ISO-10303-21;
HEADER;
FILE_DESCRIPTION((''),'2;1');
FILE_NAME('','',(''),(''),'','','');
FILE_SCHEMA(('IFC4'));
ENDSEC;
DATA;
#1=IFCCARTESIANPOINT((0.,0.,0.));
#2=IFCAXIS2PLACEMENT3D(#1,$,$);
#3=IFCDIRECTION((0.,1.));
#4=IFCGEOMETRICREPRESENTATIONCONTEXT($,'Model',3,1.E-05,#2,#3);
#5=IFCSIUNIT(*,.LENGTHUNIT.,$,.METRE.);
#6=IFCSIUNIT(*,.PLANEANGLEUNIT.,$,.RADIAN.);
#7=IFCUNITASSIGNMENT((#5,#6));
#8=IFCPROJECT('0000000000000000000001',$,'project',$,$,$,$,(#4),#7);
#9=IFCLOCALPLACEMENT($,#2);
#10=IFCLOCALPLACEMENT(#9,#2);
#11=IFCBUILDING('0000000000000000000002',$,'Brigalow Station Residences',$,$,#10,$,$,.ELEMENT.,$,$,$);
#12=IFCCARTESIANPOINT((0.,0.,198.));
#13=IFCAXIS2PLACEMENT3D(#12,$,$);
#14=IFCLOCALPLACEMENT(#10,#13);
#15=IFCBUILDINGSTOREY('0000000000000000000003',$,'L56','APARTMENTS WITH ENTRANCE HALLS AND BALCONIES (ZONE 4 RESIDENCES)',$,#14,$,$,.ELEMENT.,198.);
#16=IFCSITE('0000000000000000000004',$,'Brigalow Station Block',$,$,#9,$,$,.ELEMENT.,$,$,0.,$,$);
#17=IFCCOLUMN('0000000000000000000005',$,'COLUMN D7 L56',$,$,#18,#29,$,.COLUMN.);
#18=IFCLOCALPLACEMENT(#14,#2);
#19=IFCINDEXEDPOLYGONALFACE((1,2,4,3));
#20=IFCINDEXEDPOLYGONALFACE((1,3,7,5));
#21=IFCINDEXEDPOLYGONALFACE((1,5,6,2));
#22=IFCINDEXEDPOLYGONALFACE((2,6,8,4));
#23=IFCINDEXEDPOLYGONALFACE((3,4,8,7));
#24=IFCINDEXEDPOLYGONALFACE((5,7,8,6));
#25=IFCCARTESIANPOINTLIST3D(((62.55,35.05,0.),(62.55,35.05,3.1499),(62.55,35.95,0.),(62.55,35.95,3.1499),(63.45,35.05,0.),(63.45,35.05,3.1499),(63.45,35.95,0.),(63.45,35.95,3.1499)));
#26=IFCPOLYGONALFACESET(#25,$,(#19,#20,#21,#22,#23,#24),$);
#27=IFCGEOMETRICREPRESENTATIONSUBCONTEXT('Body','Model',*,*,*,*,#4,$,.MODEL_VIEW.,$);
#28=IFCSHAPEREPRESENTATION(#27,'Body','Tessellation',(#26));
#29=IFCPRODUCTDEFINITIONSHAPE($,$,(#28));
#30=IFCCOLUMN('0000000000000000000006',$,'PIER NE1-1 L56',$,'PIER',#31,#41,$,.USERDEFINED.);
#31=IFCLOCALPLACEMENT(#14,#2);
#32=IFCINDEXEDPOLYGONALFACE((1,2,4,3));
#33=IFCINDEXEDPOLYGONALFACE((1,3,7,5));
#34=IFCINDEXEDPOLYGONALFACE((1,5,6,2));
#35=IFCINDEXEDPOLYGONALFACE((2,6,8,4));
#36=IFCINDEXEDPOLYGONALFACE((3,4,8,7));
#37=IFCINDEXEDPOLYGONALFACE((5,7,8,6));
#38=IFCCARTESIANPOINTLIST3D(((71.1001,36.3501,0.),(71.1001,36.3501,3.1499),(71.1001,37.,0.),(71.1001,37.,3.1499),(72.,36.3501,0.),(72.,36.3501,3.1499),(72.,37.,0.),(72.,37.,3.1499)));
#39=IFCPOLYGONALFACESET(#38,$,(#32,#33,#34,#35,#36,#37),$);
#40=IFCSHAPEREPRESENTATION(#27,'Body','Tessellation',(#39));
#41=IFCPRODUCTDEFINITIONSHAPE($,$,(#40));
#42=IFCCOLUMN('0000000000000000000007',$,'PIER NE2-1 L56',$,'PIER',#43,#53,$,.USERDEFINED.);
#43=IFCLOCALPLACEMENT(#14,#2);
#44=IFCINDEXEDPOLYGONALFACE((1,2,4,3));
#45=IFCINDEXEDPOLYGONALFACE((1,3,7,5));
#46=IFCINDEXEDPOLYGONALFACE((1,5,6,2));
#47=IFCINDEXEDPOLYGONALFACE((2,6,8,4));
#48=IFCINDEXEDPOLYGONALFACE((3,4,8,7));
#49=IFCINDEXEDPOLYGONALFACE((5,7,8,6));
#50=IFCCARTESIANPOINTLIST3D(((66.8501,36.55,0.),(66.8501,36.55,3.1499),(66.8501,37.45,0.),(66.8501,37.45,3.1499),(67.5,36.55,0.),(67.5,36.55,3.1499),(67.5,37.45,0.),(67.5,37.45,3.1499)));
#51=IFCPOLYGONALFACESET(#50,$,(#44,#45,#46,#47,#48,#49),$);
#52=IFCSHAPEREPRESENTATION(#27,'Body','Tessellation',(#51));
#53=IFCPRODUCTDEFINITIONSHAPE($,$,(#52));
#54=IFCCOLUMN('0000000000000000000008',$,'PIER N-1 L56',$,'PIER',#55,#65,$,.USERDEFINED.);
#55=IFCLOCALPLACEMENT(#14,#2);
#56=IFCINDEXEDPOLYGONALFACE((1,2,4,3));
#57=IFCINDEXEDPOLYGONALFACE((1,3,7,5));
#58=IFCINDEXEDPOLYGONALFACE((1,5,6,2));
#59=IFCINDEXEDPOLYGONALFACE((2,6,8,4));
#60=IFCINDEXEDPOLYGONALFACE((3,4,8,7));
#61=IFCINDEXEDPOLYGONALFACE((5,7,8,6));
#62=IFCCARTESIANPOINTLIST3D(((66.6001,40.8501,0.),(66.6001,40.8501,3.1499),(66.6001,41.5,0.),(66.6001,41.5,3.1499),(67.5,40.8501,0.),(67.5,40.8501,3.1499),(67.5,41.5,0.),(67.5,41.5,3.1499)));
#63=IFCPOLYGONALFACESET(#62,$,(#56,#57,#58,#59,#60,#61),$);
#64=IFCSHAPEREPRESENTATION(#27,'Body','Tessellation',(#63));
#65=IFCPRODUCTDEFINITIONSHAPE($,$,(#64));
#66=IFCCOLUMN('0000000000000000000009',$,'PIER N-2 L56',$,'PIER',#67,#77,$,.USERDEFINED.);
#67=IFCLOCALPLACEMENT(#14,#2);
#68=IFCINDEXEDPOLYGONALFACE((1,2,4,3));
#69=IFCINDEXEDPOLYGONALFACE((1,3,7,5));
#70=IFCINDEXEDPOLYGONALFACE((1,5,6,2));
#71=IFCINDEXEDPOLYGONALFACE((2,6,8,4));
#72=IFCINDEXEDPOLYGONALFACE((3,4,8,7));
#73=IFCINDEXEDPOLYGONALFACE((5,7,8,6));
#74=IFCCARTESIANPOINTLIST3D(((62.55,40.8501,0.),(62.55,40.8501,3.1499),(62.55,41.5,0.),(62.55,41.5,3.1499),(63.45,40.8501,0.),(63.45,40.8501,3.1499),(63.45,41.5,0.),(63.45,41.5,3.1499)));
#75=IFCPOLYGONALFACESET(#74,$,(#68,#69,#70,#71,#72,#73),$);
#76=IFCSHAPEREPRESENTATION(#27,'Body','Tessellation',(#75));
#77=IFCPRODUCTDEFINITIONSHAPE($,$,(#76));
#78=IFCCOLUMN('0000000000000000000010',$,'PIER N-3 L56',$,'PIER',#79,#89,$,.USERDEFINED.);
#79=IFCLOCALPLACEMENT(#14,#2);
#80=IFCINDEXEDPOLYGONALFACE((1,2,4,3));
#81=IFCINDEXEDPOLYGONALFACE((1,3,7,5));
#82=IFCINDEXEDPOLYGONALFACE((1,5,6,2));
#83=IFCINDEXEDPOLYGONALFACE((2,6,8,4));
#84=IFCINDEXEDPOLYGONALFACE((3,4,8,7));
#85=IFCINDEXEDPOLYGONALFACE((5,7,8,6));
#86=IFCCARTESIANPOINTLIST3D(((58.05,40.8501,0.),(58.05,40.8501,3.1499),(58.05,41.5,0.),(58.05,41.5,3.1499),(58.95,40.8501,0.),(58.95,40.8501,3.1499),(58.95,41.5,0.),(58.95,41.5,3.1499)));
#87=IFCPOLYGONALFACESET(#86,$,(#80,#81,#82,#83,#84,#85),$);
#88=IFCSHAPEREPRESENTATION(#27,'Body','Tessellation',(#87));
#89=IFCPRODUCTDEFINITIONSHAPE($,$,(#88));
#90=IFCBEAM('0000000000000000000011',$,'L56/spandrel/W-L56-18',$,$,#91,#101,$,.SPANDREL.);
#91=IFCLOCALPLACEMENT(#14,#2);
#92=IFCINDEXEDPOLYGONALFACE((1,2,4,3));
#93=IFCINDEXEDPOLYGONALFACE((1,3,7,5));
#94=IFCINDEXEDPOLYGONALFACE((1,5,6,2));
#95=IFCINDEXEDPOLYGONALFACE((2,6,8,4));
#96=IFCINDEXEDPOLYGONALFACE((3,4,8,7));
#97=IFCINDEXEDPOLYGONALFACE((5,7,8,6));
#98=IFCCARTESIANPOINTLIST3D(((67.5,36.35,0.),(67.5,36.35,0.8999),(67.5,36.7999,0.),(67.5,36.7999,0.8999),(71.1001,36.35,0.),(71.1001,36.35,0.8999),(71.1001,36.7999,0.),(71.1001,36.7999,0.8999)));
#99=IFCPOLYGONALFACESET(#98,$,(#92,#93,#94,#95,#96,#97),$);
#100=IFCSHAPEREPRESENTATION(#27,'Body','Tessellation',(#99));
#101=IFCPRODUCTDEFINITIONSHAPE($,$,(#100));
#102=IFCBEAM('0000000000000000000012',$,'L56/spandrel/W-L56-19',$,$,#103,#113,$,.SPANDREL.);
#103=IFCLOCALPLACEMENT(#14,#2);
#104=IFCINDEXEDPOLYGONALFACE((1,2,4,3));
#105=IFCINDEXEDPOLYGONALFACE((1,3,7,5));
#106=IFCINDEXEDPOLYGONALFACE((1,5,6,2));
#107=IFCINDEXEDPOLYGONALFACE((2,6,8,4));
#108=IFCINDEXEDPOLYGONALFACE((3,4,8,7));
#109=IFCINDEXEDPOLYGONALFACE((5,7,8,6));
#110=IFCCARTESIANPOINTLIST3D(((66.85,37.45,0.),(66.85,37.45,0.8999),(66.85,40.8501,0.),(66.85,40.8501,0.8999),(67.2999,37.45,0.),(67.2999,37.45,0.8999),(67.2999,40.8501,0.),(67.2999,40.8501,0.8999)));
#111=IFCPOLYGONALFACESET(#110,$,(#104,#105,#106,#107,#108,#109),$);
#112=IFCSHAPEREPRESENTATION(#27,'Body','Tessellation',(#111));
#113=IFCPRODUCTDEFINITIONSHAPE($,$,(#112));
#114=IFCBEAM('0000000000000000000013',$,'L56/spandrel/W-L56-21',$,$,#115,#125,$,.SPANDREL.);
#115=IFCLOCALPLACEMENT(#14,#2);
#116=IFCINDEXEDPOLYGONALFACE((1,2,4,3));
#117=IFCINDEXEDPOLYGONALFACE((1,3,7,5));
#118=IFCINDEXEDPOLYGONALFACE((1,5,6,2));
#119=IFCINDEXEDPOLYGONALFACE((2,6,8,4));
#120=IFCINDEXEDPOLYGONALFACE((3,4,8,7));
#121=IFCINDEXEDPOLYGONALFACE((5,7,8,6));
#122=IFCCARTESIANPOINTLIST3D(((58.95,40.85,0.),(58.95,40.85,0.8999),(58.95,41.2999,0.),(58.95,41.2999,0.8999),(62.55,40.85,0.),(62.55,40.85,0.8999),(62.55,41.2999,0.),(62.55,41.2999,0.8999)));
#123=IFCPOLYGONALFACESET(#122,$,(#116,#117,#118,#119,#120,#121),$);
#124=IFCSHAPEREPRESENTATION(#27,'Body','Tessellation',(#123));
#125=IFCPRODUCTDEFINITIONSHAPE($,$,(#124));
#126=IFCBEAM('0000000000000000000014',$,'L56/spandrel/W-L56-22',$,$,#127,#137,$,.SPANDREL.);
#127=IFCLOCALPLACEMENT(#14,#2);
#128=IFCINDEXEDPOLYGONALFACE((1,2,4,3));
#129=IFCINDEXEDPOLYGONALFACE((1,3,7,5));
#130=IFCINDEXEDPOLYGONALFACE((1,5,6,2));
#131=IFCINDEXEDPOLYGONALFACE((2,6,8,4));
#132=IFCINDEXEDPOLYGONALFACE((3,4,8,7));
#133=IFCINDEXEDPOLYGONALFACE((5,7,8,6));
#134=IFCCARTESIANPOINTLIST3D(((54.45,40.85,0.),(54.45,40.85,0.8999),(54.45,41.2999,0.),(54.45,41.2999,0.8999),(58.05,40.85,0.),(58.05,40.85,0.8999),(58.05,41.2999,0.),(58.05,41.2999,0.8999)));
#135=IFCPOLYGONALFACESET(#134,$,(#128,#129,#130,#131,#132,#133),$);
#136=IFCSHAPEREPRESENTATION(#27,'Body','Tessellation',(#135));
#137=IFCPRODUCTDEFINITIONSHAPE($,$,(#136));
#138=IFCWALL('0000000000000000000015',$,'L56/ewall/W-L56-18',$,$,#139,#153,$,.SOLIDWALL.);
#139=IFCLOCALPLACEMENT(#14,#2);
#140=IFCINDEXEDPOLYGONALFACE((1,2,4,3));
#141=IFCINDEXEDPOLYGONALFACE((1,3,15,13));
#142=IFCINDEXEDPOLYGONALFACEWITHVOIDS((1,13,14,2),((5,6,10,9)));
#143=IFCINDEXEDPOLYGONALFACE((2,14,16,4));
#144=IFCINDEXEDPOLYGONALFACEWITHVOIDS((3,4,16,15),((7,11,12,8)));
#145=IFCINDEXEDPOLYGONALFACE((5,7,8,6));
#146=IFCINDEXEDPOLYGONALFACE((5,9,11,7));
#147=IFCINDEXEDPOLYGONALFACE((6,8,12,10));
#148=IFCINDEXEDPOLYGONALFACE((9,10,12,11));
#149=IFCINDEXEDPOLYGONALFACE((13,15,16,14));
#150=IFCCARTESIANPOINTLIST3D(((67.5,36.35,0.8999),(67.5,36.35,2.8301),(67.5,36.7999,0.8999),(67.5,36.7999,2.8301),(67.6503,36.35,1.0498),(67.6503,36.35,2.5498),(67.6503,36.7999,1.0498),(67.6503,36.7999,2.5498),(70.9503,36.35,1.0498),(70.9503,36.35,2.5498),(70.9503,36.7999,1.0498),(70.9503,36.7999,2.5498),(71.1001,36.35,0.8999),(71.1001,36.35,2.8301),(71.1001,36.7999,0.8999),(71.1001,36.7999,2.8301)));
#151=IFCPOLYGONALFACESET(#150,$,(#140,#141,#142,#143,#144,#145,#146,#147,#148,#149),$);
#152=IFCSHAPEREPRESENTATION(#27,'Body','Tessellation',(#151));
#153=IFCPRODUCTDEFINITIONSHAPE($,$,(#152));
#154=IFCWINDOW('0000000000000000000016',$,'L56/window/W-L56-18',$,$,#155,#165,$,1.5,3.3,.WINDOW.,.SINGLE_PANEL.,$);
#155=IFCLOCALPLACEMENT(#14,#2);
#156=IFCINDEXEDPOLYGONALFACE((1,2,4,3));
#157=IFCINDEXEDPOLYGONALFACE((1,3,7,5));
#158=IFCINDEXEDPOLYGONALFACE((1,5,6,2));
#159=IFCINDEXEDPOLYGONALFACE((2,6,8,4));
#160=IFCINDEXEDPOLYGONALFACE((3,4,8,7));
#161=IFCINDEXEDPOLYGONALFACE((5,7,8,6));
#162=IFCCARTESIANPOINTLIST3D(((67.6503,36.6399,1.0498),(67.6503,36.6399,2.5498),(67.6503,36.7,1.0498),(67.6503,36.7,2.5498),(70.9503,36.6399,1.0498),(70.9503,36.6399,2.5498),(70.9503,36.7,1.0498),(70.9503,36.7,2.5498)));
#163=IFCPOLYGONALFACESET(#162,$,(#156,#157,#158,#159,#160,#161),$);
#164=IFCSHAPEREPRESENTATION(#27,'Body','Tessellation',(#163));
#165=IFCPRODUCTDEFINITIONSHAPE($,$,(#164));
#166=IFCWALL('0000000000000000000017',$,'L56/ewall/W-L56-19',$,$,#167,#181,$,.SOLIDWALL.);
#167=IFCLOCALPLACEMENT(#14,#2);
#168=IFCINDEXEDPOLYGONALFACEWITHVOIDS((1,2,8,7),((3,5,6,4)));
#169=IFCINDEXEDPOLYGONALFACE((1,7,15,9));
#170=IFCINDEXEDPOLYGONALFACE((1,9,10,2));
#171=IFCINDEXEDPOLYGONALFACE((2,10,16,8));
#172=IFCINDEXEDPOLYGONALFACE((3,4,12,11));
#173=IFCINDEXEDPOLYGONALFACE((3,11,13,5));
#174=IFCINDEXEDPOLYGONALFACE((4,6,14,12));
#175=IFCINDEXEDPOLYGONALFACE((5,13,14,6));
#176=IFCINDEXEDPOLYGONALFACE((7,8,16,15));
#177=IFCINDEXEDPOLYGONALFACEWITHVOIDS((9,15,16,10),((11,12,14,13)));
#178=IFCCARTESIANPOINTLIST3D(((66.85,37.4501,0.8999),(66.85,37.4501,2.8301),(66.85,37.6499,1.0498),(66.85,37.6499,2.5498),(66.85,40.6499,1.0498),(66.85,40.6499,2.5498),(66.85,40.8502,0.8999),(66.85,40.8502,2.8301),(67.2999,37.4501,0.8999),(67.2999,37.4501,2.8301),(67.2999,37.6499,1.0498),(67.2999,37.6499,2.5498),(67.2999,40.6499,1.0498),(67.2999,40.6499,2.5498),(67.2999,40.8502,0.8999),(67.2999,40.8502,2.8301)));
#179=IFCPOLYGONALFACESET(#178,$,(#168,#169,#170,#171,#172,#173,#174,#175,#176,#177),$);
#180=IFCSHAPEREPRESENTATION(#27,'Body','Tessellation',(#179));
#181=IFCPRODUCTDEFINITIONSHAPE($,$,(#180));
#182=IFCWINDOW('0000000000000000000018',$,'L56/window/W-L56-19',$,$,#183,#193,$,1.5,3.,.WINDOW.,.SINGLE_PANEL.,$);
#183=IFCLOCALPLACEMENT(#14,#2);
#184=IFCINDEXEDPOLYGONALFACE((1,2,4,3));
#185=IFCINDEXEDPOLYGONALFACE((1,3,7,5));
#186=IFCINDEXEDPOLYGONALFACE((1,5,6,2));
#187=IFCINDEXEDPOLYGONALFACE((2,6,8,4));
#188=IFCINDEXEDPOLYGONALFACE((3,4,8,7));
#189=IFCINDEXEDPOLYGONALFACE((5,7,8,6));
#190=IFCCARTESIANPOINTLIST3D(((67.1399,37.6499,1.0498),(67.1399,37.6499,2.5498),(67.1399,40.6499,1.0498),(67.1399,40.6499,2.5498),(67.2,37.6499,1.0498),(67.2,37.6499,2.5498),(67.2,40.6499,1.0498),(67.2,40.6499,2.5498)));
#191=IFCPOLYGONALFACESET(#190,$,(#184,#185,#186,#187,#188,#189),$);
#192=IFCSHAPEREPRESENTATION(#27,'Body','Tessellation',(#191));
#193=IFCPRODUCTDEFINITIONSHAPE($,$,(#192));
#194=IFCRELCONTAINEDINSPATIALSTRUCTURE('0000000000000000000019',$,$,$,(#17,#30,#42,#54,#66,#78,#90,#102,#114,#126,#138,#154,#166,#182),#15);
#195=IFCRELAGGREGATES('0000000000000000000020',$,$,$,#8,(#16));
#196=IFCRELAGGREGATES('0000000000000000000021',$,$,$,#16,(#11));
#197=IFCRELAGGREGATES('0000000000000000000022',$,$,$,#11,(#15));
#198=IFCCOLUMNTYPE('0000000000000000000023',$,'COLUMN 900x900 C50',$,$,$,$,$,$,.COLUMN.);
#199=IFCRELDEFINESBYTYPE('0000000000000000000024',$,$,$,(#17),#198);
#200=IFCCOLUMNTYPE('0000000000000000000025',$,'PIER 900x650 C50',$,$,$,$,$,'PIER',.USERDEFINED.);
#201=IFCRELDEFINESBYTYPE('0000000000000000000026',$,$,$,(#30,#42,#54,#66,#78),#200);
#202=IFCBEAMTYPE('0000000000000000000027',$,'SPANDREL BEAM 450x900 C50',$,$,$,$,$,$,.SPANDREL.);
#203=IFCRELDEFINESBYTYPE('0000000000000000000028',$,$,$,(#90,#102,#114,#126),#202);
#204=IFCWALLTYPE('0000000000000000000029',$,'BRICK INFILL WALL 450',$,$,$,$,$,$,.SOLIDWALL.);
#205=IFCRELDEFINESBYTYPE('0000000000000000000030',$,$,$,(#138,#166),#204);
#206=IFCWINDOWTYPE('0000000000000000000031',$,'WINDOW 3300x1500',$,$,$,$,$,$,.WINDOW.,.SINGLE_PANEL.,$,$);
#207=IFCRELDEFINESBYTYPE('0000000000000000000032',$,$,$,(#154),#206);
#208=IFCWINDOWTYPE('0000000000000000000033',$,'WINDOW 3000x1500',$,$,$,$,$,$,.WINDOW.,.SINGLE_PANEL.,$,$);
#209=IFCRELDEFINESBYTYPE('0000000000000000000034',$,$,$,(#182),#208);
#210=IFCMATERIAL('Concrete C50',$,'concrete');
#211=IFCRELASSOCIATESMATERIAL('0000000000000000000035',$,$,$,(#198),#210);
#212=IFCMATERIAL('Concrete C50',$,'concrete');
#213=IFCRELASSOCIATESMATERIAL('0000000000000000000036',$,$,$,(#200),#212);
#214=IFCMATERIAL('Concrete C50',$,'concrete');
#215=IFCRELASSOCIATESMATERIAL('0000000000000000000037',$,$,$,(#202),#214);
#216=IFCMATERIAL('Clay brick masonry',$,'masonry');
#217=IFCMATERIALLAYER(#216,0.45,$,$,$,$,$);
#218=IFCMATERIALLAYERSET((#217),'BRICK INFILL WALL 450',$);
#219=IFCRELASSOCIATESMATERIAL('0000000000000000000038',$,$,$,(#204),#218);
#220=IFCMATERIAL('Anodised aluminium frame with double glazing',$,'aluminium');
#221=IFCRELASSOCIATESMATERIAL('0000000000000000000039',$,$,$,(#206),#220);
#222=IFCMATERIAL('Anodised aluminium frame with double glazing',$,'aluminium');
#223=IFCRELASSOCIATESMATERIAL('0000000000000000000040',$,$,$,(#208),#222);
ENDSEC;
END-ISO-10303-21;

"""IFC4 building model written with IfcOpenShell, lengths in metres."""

from ifc_helpers import new_model, si_unit, direction, frame, frame_2d, origin, origin_2d, place, context, subcontext, project, spatial, rectangle, extrude, material, layer, layer_set, material_profile, profile_set, type_object, element, fill, save


model = new_model("IFC4")

# Units and contexts
model_context = context("Model", 3, precision=1e-05, world=origin(), true_north=direction((0.0, 1.0)))
body_context = subcontext(model_context, "Body", "Model", "MODEL_VIEW")
ifc_project = project(units=[si_unit("LENGTHUNIT", "METRE"), si_unit("PLANEANGLEUNIT", "RADIAN")], contexts=[model_context])

# Site, building, storey
site_placement = place(None, origin())
site = spatial("IfcSite", under=ifc_project, at=site_placement, Name="Brigalow Station Block", CompositionType="ELEMENT", RefElevation=0.0)
building_placement = place(site_placement, origin())
building = spatial("IfcBuilding", under=site, at=building_placement, Name="Brigalow Station Residences", CompositionType="ELEMENT")
storey_placement = place(building_placement, frame((0.0, 0.0, 198.0)))
storey = spatial("IfcBuildingStorey", under=building, at=storey_placement, Name="L56", Description="APARTMENTS WITH ENTRANCE HALLS AND BALCONIES (ZONE 4 RESIDENCES)", CompositionType="ELEMENT", Elevation=198.0)

# Columns
ifc_material_1 = material(Name="Concrete C50", Category="concrete")
ifc_material_profile_1 = material_profile(ifc_material_1, rectangle(XDim=0.8999, YDim=0.8999, at=origin_2d()), Name="RC900x900")
ifc_profile_set_1 = profile_set([ifc_material_profile_1], Name="Concrete C50")
column_type_1 = type_object("IfcColumnType", Name="COLUMN 900x900 C50", PredefinedType="COLUMN", material=ifc_profile_set_1)
column_placement = place(storey_placement, frame((63.0, 35.5, 0.0), z_axis=(0.0, 0.0, 1.0), x_axis=(1.0, 0.0, 0.0)))
element("IfcColumn", 1, at=column_placement, inside=storey, type_object=column_type_1, Name="COLUMN D7 L56", PredefinedType="COLUMN", context=body_context, shape_type="SweptSolid", body=[
    extrude(rectangle(XDim=0.8999, YDim=0.8999, at=origin_2d()), origin(), (0.0, 0.0, 1.0), 3.1499),
])
ifc_material_2 = material(Name="Concrete C50", Category="concrete")
ifc_material_profile_2 = material_profile(ifc_material_2, rectangle(XDim=0.8999, YDim=0.6499, at=origin_2d()), Name="RC900x650")
ifc_profile_set_2 = profile_set([ifc_material_profile_2], Name="Concrete C50")
column_type_2 = type_object("IfcColumnType", Name="PIER 900x650 C50", ElementType="PIER", PredefinedType="USERDEFINED", material=ifc_profile_set_2)
for number, where, z_axis, x_axis, name in (
    (2, (71.55, 36.675, 0.0), (0.0, 0.0, 1.0), (-1.0, 0.0, 0.0), "PIER NE1-1 L56"),
    (3, (67.175, 37.0, 0.0), (0.0, 0.0, 1.0), (0.0, 1.0, 0.0), "PIER NE2-1 L56"),
    (4, (67.05, 41.175, 0.0), (0.0, 0.0, 1.0), (-1.0, 0.0, 0.0), "PIER N-1 L56"),
    (5, (63.0, 41.175, 0.0), (0.0, 0.0, 1.0), (-1.0, 0.0, 0.0), "PIER N-2 L56"),
    (6, (58.5, 41.175, 0.0), (0.0, 0.0, 1.0), (-1.0, 0.0, 0.0), "PIER N-3 L56"),
):
    element("IfcColumn", number, at=place(storey_placement, frame(where, z_axis=z_axis, x_axis=x_axis)), inside=storey, type_object=column_type_2, Name=name, ObjectType="PIER", PredefinedType="USERDEFINED", context=body_context, shape_type="SweptSolid", body=[
        extrude(rectangle(XDim=0.8999, YDim=0.6499, at=origin_2d()), origin(), (0.0, 0.0, 1.0), 3.1499),
    ])

# Beams
ifc_material_3 = material(Name="Concrete C50", Category="concrete")
ifc_material_profile_3 = material_profile(ifc_material_3, rectangle(XDim=0.45, YDim=0.8999, at=origin_2d()), Name="RC450x900")
ifc_profile_set_3 = profile_set([ifc_material_profile_3], Name="Concrete C50")
beam_type = type_object("IfcBeamType", Name="SPANDREL BEAM 450x900 C50", PredefinedType="SPANDREL", material=ifc_profile_set_3)
beam_1_placement = place(storey_placement, frame((71.1001, 36.575, 0.45), z_axis=(-1.0, 0.0, 0.0), x_axis=(0.0, -1.0, 0.0)))
element("IfcBeam", 7, at=beam_1_placement, inside=storey, type_object=beam_type, Name="L56/spandrel/W-L56-18", PredefinedType="SPANDREL", context=body_context, shape_type="SweptSolid", body=[
    extrude(rectangle(XDim=0.45, YDim=0.8999, at=origin_2d()), origin(), (0.0, 0.0, 1.0), 3.6001),
])
beam_2_placement = place(storey_placement, frame((67.075, 37.45, 0.45), z_axis=(0.0, 1.0, 0.0), x_axis=(-1.0, 0.0, 0.0)))
element("IfcBeam", 8, at=beam_2_placement, inside=storey, type_object=beam_type, Name="L56/spandrel/W-L56-19", PredefinedType="SPANDREL", context=body_context, shape_type="SweptSolid", body=[
    extrude(rectangle(XDim=0.45, YDim=0.8999, at=origin_2d()), origin(), (0.0, 0.0, 1.0), 3.4001),
])
for number, where, z_axis, x_axis, name in (
    (9, (62.55, 41.075, 0.45), (-1.0, 0.0, 0.0), (0.0, -1.0, 0.0), "L56/spandrel/W-L56-21"),
    (10, (58.05, 41.075, 0.45), (-1.0, 0.0, 0.0), (0.0, -1.0, 0.0), "L56/spandrel/W-L56-22"),
):
    element("IfcBeam", number, at=place(storey_placement, frame(where, z_axis=z_axis, x_axis=x_axis)), inside=storey, type_object=beam_type, Name=name, PredefinedType="SPANDREL", context=body_context, shape_type="SweptSolid", body=[
        extrude(rectangle(XDim=0.45, YDim=0.8999, at=origin_2d()), origin(), (0.0, 0.0, 1.0), 3.6001),
    ])

# Walls, openings, windows
ifc_material_4 = material(Name="Clay brick masonry", Category="masonry")
ifc_layer_1 = layer(ifc_material_4, 0.45)
ifc_layer_set_1 = layer_set([ifc_layer_1], Name="BRICK INFILL WALL 450")
wall_type_1 = type_object("IfcWallType", Name="BRICK INFILL WALL 450", PredefinedType="SOLIDWALL", material=ifc_layer_set_1)
wall_1_placement = place(storey_placement, frame((71.1001, 36.575, 0.8999), z_axis=(0.0, 0.0, 1.0), x_axis=(-1.0, 0.0, 0.0)))
wall_1 = element("IfcWall", 11, at=wall_1_placement, inside=storey, type_object=wall_type_1, Name="L56/ewall/W-L56-18", PredefinedType="SOLIDWALL", context=body_context, shape_type="SweptSolid", body=[
    extrude(rectangle(XDim=3.6001, YDim=0.45, at=frame_2d((1.8, 0.0))), origin(), (0.0, 0.0, 1.0), 1.9302),
])
opening_1_placement = place(wall_1_placement, frame((0.1499, 0.0, 0.1499)))
opening_1 = element("IfcOpeningElement", 12, at=opening_1_placement, cuts=wall_1, PredefinedType="OPENING", context=body_context, shape_type="SweptSolid", body=[
    extrude(rectangle(XDim=3.3, YDim=1.5, at=frame_2d((1.6499, 0.75))), frame((0.0, 0.2349, 0.0), z_axis=(0.0, -1.0, 0.0), x_axis=(1.0, 0.0, 0.0)), (0.0, 0.0, 1.0), 0.47),
])
ifc_material_5 = material(Name="Anodised aluminium frame with double glazing", Category="aluminium")
window_type_1 = type_object("IfcWindowType", Name="WINDOW 3300x1500", PartitioningType="SINGLE_PANEL", PredefinedType="WINDOW", material=ifc_material_5)
window_1_placement = place(opening_1_placement, origin())
window_1 = element("IfcWindow", 13, at=window_1_placement, inside=storey, type_object=window_type_1, Name="L56/window/W-L56-18", OverallHeight=1.5, OverallWidth=3.3, PartitioningType="SINGLE_PANEL", PredefinedType="WINDOW", context=body_context, shape_type="SweptSolid", body=[
    extrude(rectangle(XDim=3.3, YDim=1.5, at=frame_2d((1.6499, 0.75))), frame((0.0, -0.0649, 0.0), z_axis=(0.0, -1.0, 0.0), x_axis=(1.0, 0.0, 0.0)), (0.0, 0.0, 1.0), 0.0601),
])
fill(opening_1, window_1)
wall_2_placement = place(storey_placement, frame((67.075, 37.45, 0.8999), z_axis=(0.0, 0.0, 1.0), x_axis=(0.0, 1.0, 0.0)))
wall_2 = element("IfcWall", 14, at=wall_2_placement, inside=storey, type_object=wall_type_1, Name="L56/ewall/W-L56-19", PredefinedType="SOLIDWALL", context=body_context, shape_type="SweptSolid", body=[
    extrude(rectangle(XDim=3.4001, YDim=0.45, at=frame_2d((1.7002, 0.0))), origin(), (0.0, 0.0, 1.0), 1.9302),
])
opening_2_placement = place(wall_2_placement, frame((0.2, 0.0, 0.1499)))
opening_2 = element("IfcOpeningElement", 15, at=opening_2_placement, cuts=wall_2, PredefinedType="OPENING", context=body_context, shape_type="SweptSolid", body=[
    extrude(rectangle(XDim=3.0, YDim=1.5, at=frame_2d((1.5, 0.75))), frame((0.0, 0.2349, 0.0), z_axis=(0.0, -1.0, 0.0), x_axis=(1.0, 0.0, 0.0)), (0.0, 0.0, 1.0), 0.47),
])
ifc_material_6 = material(Name="Anodised aluminium frame with double glazing", Category="aluminium")
window_type_2 = type_object("IfcWindowType", Name="WINDOW 3000x1500", PartitioningType="SINGLE_PANEL", PredefinedType="WINDOW", material=ifc_material_6)
window_2_placement = place(opening_2_placement, origin())
window_2 = element("IfcWindow", 16, at=window_2_placement, inside=storey, type_object=window_type_2, Name="L56/window/W-L56-19", OverallHeight=1.5, OverallWidth=3.0, PartitioningType="SINGLE_PANEL", PredefinedType="WINDOW", context=body_context, shape_type="SweptSolid", body=[
    extrude(rectangle(XDim=3.0, YDim=1.5, at=frame_2d((1.5, 0.75))), frame((0.0, -0.0649, 0.0), z_axis=(0.0, -1.0, 0.0), x_axis=(1.0, 0.0, 0.0)), (0.0, 0.0, 1.0), 0.0601),
])
fill(opening_2, window_2)

save(model, "model.ifc")
